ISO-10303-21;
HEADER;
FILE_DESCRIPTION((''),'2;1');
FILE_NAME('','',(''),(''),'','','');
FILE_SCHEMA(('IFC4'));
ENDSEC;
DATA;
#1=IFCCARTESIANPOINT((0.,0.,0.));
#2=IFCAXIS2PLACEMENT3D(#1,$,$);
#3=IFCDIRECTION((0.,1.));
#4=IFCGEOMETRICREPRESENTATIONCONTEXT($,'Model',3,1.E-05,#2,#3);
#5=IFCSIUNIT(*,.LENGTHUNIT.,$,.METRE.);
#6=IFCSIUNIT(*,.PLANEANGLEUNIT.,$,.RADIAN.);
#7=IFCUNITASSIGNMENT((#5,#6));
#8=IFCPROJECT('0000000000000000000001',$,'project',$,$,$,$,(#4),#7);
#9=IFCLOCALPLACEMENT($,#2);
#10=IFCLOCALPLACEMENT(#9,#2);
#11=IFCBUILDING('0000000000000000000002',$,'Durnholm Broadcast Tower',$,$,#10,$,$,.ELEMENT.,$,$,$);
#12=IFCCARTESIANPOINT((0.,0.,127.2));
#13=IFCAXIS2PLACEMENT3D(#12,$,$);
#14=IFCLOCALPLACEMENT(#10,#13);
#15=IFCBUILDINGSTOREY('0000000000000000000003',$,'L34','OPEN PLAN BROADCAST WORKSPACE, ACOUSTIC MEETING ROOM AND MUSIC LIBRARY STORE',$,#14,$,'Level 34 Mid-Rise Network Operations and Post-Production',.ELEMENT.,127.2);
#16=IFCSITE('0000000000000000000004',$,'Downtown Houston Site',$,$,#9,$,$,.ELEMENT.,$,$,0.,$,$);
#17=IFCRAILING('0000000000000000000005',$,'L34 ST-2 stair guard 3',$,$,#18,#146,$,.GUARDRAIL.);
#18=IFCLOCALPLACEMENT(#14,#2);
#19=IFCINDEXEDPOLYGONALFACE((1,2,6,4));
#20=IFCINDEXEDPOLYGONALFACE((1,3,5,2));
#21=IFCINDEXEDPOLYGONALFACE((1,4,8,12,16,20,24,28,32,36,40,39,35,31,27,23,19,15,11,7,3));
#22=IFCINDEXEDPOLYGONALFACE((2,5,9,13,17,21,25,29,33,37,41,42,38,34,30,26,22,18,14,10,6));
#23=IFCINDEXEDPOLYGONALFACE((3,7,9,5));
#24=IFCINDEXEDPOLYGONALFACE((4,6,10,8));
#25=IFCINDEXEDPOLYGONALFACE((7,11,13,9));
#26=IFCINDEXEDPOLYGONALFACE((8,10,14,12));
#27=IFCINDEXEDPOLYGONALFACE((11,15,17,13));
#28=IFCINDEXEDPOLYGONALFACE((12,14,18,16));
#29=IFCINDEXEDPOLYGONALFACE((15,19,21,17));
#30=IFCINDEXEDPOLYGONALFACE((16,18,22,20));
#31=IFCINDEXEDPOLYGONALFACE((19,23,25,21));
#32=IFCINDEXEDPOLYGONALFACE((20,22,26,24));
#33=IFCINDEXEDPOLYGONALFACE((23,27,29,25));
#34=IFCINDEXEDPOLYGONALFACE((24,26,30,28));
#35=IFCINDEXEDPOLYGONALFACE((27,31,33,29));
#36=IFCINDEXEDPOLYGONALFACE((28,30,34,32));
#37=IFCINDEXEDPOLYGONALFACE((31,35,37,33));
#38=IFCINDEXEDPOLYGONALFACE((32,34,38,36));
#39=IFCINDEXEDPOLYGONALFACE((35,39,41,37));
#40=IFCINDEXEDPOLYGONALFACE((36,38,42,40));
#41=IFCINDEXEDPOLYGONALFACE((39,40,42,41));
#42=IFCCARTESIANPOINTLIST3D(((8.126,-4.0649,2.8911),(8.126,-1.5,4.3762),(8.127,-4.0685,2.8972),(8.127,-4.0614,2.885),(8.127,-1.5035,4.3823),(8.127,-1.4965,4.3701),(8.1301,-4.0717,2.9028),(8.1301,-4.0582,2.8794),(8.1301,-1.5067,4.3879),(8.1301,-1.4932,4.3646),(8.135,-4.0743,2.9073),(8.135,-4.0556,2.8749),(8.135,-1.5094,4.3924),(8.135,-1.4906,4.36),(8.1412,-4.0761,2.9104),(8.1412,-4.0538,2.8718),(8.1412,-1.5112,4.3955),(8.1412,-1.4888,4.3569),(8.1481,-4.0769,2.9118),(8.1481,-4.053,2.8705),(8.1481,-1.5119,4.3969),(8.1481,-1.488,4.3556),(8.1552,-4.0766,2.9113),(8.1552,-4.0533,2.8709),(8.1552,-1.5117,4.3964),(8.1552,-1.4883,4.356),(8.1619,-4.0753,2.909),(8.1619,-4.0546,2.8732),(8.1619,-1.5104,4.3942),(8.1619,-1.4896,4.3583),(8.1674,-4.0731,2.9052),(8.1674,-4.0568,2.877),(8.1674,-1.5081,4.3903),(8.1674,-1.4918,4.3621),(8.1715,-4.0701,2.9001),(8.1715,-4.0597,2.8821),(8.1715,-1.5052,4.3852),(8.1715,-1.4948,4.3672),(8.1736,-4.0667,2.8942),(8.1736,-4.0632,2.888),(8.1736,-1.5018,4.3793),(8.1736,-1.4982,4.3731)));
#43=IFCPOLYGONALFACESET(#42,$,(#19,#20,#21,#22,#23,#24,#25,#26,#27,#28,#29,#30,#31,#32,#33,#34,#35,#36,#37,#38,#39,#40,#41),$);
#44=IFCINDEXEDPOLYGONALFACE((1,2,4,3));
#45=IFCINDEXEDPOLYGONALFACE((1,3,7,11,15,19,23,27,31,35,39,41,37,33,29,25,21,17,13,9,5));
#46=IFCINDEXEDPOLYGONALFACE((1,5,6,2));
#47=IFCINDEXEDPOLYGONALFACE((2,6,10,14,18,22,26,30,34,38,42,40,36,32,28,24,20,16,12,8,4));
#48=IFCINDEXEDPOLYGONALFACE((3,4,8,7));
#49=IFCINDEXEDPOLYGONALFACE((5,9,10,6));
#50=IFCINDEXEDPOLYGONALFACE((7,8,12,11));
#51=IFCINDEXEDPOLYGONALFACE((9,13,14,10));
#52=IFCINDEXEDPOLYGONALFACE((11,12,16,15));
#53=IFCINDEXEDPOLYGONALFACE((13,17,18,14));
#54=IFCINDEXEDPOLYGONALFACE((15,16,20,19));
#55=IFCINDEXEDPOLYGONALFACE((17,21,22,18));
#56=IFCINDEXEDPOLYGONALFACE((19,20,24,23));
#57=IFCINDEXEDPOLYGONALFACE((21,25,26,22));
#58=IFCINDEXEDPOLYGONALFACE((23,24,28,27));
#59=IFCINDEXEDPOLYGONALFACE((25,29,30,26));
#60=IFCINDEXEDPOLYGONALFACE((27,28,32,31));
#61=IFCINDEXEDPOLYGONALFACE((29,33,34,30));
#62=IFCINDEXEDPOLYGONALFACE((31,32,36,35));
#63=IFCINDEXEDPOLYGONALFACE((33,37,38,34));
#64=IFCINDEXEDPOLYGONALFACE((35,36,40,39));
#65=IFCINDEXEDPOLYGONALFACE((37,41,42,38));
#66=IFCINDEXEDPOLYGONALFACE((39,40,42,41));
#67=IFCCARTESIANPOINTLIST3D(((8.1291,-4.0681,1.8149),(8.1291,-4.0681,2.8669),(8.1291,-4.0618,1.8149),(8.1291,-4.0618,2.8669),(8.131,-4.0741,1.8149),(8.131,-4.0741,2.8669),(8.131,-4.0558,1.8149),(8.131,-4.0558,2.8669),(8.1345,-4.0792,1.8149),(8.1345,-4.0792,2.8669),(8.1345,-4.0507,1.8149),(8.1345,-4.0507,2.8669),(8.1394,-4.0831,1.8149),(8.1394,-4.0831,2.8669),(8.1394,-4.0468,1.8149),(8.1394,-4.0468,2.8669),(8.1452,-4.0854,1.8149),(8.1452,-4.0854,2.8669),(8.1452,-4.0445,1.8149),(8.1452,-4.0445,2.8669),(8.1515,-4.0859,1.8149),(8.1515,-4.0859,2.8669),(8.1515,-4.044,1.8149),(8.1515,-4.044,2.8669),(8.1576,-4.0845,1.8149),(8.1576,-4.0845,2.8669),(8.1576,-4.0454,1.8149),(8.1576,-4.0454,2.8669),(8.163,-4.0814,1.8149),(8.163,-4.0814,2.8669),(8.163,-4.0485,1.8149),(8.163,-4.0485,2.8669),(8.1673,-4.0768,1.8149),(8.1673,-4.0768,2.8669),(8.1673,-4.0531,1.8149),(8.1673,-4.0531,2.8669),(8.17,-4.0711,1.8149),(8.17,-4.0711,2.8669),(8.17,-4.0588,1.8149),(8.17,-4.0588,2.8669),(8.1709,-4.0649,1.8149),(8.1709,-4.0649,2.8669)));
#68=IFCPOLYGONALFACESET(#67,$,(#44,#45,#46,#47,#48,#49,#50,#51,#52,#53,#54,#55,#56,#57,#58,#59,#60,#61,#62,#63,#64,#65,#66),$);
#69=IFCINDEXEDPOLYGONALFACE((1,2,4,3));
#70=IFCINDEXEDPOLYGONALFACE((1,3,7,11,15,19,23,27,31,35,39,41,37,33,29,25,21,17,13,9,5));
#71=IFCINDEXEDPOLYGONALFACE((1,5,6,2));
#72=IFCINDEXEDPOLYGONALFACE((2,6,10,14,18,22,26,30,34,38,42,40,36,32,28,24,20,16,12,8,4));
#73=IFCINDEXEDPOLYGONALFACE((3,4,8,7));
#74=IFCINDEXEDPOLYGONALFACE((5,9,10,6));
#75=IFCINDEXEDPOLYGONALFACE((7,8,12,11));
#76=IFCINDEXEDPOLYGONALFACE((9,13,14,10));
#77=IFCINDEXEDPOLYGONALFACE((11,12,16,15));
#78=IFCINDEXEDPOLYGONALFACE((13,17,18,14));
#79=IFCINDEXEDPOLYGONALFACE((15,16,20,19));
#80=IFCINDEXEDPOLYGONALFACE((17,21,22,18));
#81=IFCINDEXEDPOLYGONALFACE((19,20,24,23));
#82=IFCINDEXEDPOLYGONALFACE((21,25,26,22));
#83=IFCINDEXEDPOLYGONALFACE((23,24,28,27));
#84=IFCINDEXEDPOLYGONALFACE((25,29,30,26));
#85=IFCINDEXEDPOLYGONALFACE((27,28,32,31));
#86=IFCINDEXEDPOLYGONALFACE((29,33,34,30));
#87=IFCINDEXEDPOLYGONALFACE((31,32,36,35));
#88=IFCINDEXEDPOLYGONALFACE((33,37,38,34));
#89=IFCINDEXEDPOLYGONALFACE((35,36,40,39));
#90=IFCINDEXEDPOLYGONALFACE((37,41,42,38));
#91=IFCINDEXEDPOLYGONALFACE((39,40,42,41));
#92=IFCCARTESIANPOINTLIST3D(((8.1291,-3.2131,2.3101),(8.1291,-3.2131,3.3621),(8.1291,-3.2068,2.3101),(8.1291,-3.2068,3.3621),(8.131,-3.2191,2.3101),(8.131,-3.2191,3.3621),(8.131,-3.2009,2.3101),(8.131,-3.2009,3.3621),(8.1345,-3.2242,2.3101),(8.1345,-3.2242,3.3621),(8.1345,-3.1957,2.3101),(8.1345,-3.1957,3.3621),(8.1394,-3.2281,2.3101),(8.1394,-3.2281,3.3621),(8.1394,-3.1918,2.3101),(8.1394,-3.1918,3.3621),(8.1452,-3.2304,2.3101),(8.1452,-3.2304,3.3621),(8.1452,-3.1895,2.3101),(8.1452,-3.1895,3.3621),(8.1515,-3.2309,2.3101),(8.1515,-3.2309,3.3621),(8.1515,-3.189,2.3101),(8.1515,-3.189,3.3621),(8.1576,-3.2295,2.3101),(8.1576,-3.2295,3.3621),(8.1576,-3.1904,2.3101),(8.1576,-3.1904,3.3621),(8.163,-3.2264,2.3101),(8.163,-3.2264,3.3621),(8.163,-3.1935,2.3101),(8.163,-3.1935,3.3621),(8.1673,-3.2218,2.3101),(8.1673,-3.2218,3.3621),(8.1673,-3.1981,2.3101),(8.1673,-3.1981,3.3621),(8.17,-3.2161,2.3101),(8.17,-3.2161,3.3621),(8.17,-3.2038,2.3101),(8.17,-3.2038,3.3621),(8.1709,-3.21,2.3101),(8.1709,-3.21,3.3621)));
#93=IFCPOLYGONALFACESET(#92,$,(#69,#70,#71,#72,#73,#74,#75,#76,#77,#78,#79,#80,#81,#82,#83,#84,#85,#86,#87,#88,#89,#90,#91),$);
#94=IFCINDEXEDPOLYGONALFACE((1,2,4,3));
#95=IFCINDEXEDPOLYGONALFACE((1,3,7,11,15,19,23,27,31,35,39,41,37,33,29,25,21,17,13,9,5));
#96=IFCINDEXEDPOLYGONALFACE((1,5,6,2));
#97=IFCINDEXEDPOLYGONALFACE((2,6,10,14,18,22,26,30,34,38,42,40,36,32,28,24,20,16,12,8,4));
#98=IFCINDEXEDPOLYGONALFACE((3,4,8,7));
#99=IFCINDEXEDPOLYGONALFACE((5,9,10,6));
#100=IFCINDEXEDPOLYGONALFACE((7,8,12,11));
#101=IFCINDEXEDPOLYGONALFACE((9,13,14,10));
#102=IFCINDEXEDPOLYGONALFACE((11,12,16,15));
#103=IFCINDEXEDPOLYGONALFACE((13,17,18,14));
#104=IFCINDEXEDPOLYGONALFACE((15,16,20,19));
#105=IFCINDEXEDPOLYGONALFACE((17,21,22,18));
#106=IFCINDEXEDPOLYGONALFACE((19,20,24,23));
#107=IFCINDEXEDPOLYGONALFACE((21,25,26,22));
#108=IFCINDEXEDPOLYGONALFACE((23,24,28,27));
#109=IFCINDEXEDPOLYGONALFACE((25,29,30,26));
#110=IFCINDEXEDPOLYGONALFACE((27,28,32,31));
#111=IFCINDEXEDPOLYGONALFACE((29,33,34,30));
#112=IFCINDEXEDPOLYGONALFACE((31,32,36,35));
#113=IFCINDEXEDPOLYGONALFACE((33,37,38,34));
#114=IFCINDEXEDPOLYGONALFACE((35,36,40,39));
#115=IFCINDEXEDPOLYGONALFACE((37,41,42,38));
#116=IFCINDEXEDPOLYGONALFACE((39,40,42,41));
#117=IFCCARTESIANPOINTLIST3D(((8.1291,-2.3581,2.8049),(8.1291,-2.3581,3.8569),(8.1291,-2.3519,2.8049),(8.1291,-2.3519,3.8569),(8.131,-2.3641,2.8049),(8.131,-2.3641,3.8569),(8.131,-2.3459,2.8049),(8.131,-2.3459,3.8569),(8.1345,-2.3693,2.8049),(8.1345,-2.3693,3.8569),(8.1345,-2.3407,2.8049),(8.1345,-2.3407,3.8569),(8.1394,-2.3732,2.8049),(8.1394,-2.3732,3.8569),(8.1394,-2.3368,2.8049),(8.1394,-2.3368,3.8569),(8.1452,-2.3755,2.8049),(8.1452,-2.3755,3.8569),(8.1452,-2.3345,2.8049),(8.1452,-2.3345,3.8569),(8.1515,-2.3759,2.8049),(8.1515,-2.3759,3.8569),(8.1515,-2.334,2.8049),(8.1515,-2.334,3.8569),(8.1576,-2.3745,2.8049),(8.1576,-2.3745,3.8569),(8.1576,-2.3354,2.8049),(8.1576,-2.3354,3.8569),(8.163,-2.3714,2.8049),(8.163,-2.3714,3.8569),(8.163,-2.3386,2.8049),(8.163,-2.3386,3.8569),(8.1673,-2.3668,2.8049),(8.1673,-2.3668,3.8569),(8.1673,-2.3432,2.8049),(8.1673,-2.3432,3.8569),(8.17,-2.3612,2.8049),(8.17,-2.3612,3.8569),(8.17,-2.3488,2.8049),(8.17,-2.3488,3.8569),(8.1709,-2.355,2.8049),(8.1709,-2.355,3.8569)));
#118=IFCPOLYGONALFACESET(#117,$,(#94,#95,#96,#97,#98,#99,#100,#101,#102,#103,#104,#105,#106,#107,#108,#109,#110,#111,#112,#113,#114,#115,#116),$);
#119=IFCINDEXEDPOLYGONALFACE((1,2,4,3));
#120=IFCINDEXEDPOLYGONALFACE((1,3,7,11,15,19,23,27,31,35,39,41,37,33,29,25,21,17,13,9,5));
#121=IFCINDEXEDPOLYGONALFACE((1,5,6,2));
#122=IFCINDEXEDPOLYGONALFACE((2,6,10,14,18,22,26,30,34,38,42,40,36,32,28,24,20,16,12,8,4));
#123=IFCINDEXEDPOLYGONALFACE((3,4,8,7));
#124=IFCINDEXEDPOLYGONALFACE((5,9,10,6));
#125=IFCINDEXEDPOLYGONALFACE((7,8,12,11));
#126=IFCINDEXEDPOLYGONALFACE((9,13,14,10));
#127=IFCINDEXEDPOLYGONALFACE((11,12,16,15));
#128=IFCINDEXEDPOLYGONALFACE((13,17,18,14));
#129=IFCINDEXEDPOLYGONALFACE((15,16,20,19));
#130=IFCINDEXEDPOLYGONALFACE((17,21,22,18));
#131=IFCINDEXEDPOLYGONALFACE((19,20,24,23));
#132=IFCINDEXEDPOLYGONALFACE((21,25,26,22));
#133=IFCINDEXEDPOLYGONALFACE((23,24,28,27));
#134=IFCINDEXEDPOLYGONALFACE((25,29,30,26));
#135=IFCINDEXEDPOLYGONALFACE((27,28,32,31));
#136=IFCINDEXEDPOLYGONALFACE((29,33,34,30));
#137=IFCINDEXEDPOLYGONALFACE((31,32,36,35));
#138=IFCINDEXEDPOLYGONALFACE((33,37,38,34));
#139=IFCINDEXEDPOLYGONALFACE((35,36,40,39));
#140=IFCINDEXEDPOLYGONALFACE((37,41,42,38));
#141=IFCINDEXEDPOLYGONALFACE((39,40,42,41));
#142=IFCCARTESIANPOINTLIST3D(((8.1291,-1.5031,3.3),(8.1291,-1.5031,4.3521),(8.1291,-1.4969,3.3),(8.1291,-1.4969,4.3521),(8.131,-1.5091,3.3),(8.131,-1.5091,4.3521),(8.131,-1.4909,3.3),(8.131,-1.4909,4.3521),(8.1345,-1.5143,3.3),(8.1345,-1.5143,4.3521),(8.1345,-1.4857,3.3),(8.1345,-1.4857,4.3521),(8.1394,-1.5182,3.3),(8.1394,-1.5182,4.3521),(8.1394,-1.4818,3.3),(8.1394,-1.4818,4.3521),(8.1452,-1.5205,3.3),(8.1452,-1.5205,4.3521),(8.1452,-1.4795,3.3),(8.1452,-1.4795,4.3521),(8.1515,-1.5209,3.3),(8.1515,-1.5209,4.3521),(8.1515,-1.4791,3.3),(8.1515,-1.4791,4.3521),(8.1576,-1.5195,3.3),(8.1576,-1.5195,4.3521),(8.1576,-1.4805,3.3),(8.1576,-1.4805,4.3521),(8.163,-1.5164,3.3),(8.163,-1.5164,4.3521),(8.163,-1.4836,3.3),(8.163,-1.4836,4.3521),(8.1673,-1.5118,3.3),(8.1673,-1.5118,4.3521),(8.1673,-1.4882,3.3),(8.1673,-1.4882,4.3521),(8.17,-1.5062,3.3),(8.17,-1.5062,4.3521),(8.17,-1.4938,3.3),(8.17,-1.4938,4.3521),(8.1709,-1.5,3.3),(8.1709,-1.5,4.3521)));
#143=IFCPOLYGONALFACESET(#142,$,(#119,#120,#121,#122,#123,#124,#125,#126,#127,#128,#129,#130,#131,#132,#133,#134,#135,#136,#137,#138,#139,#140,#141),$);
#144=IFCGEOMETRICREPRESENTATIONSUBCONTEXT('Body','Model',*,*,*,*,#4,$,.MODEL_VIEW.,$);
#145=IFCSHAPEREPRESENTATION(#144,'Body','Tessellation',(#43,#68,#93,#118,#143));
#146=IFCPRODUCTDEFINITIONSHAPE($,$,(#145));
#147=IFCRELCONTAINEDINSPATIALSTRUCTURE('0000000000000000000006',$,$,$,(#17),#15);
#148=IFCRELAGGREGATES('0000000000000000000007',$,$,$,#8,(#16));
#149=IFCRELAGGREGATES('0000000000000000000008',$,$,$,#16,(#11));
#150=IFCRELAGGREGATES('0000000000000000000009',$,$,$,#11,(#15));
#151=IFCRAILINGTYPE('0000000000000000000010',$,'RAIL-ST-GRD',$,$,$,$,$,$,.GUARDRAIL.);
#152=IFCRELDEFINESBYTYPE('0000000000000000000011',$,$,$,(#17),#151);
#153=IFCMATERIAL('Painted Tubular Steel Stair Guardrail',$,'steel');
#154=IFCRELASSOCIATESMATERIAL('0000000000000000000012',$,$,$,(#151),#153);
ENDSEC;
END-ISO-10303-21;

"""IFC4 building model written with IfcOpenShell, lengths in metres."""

from ifc_helpers import new_model, si_unit, direction, frame, origin, origin_2d, place, context, subcontext, project, spatial, circle, extrude, material, type_object, element, save


model = new_model("IFC4")

# Units and contexts
model_context = context("Model", 3, precision=1e-05, world=origin(), true_north=direction((0.0, 1.0)))
body_context = subcontext(model_context, "Body", "Model", "MODEL_VIEW")
ifc_project = project(units=[si_unit("LENGTHUNIT", "METRE"), si_unit("PLANEANGLEUNIT", "RADIAN")], contexts=[model_context])

# Site, building, storey
site_placement = place(None, origin())
site = spatial("IfcSite", under=ifc_project, at=site_placement, Name="Downtown Houston Site", CompositionType="ELEMENT", RefElevation=0.0)
building_placement = place(site_placement, origin())
building = spatial("IfcBuilding", under=site, at=building_placement, Name="Durnholm Broadcast Tower", CompositionType="ELEMENT")
storey_placement = place(building_placement, frame((0.0, 0.0, 127.2)))
storey = spatial("IfcBuildingStorey", under=building, at=storey_placement, Name="L34", Description="OPEN PLAN BROADCAST WORKSPACE, ACOUSTIC MEETING ROOM AND MUSIC LIBRARY STORE", LongName="Level 34 Mid-Rise Network Operations and Post-Production", CompositionType="ELEMENT", Elevation=127.2)

# Railing
ifc_material_1 = material(Name="Painted Tubular Steel Stair Guardrail", Category="steel")
railing_type_1 = type_object("IfcRailingType", Name="RAIL-ST-GRD", PredefinedType="GUARDRAIL", material=ifc_material_1)
railing_1_placement = place(storey_placement, frame((8.1499, -4.0649, 1.8149)))
element("IfcRailing", 1, at=railing_1_placement, inside=storey, type_object=railing_type_1, Name="L34 ST-2 stair guard 3", PredefinedType="GUARDRAIL", context=body_context, shape_type="SweptSolid", body=[
    extrude(circle(Radius=0.0239, at=origin_2d()), frame((0.0, 0.0, 1.0762), z_axis=(0.0, 0.865406, 0.501072), x_axis=(-1.0, 0.0, 0.0)), (0.0, 0.0, 1.0), 2.9639),
    extrude(circle(Radius=0.021, at=origin_2d()), origin(), (0.0, 0.0, 1.0), 1.052),
    extrude(circle(Radius=0.021, at=origin_2d()), frame((0.0, 0.855, 0.4951)), (0.0, 0.0, 1.0), 1.052),
    extrude(circle(Radius=0.021, at=origin_2d()), frame((0.0, 1.71, 0.99)), (0.0, 0.0, 1.0), 1.052),
    extrude(circle(Radius=0.021, at=origin_2d()), frame((0.0, 2.5649, 1.4851)), (0.0, 0.0, 1.0), 1.052),
])

save(model, "model.ifc")
